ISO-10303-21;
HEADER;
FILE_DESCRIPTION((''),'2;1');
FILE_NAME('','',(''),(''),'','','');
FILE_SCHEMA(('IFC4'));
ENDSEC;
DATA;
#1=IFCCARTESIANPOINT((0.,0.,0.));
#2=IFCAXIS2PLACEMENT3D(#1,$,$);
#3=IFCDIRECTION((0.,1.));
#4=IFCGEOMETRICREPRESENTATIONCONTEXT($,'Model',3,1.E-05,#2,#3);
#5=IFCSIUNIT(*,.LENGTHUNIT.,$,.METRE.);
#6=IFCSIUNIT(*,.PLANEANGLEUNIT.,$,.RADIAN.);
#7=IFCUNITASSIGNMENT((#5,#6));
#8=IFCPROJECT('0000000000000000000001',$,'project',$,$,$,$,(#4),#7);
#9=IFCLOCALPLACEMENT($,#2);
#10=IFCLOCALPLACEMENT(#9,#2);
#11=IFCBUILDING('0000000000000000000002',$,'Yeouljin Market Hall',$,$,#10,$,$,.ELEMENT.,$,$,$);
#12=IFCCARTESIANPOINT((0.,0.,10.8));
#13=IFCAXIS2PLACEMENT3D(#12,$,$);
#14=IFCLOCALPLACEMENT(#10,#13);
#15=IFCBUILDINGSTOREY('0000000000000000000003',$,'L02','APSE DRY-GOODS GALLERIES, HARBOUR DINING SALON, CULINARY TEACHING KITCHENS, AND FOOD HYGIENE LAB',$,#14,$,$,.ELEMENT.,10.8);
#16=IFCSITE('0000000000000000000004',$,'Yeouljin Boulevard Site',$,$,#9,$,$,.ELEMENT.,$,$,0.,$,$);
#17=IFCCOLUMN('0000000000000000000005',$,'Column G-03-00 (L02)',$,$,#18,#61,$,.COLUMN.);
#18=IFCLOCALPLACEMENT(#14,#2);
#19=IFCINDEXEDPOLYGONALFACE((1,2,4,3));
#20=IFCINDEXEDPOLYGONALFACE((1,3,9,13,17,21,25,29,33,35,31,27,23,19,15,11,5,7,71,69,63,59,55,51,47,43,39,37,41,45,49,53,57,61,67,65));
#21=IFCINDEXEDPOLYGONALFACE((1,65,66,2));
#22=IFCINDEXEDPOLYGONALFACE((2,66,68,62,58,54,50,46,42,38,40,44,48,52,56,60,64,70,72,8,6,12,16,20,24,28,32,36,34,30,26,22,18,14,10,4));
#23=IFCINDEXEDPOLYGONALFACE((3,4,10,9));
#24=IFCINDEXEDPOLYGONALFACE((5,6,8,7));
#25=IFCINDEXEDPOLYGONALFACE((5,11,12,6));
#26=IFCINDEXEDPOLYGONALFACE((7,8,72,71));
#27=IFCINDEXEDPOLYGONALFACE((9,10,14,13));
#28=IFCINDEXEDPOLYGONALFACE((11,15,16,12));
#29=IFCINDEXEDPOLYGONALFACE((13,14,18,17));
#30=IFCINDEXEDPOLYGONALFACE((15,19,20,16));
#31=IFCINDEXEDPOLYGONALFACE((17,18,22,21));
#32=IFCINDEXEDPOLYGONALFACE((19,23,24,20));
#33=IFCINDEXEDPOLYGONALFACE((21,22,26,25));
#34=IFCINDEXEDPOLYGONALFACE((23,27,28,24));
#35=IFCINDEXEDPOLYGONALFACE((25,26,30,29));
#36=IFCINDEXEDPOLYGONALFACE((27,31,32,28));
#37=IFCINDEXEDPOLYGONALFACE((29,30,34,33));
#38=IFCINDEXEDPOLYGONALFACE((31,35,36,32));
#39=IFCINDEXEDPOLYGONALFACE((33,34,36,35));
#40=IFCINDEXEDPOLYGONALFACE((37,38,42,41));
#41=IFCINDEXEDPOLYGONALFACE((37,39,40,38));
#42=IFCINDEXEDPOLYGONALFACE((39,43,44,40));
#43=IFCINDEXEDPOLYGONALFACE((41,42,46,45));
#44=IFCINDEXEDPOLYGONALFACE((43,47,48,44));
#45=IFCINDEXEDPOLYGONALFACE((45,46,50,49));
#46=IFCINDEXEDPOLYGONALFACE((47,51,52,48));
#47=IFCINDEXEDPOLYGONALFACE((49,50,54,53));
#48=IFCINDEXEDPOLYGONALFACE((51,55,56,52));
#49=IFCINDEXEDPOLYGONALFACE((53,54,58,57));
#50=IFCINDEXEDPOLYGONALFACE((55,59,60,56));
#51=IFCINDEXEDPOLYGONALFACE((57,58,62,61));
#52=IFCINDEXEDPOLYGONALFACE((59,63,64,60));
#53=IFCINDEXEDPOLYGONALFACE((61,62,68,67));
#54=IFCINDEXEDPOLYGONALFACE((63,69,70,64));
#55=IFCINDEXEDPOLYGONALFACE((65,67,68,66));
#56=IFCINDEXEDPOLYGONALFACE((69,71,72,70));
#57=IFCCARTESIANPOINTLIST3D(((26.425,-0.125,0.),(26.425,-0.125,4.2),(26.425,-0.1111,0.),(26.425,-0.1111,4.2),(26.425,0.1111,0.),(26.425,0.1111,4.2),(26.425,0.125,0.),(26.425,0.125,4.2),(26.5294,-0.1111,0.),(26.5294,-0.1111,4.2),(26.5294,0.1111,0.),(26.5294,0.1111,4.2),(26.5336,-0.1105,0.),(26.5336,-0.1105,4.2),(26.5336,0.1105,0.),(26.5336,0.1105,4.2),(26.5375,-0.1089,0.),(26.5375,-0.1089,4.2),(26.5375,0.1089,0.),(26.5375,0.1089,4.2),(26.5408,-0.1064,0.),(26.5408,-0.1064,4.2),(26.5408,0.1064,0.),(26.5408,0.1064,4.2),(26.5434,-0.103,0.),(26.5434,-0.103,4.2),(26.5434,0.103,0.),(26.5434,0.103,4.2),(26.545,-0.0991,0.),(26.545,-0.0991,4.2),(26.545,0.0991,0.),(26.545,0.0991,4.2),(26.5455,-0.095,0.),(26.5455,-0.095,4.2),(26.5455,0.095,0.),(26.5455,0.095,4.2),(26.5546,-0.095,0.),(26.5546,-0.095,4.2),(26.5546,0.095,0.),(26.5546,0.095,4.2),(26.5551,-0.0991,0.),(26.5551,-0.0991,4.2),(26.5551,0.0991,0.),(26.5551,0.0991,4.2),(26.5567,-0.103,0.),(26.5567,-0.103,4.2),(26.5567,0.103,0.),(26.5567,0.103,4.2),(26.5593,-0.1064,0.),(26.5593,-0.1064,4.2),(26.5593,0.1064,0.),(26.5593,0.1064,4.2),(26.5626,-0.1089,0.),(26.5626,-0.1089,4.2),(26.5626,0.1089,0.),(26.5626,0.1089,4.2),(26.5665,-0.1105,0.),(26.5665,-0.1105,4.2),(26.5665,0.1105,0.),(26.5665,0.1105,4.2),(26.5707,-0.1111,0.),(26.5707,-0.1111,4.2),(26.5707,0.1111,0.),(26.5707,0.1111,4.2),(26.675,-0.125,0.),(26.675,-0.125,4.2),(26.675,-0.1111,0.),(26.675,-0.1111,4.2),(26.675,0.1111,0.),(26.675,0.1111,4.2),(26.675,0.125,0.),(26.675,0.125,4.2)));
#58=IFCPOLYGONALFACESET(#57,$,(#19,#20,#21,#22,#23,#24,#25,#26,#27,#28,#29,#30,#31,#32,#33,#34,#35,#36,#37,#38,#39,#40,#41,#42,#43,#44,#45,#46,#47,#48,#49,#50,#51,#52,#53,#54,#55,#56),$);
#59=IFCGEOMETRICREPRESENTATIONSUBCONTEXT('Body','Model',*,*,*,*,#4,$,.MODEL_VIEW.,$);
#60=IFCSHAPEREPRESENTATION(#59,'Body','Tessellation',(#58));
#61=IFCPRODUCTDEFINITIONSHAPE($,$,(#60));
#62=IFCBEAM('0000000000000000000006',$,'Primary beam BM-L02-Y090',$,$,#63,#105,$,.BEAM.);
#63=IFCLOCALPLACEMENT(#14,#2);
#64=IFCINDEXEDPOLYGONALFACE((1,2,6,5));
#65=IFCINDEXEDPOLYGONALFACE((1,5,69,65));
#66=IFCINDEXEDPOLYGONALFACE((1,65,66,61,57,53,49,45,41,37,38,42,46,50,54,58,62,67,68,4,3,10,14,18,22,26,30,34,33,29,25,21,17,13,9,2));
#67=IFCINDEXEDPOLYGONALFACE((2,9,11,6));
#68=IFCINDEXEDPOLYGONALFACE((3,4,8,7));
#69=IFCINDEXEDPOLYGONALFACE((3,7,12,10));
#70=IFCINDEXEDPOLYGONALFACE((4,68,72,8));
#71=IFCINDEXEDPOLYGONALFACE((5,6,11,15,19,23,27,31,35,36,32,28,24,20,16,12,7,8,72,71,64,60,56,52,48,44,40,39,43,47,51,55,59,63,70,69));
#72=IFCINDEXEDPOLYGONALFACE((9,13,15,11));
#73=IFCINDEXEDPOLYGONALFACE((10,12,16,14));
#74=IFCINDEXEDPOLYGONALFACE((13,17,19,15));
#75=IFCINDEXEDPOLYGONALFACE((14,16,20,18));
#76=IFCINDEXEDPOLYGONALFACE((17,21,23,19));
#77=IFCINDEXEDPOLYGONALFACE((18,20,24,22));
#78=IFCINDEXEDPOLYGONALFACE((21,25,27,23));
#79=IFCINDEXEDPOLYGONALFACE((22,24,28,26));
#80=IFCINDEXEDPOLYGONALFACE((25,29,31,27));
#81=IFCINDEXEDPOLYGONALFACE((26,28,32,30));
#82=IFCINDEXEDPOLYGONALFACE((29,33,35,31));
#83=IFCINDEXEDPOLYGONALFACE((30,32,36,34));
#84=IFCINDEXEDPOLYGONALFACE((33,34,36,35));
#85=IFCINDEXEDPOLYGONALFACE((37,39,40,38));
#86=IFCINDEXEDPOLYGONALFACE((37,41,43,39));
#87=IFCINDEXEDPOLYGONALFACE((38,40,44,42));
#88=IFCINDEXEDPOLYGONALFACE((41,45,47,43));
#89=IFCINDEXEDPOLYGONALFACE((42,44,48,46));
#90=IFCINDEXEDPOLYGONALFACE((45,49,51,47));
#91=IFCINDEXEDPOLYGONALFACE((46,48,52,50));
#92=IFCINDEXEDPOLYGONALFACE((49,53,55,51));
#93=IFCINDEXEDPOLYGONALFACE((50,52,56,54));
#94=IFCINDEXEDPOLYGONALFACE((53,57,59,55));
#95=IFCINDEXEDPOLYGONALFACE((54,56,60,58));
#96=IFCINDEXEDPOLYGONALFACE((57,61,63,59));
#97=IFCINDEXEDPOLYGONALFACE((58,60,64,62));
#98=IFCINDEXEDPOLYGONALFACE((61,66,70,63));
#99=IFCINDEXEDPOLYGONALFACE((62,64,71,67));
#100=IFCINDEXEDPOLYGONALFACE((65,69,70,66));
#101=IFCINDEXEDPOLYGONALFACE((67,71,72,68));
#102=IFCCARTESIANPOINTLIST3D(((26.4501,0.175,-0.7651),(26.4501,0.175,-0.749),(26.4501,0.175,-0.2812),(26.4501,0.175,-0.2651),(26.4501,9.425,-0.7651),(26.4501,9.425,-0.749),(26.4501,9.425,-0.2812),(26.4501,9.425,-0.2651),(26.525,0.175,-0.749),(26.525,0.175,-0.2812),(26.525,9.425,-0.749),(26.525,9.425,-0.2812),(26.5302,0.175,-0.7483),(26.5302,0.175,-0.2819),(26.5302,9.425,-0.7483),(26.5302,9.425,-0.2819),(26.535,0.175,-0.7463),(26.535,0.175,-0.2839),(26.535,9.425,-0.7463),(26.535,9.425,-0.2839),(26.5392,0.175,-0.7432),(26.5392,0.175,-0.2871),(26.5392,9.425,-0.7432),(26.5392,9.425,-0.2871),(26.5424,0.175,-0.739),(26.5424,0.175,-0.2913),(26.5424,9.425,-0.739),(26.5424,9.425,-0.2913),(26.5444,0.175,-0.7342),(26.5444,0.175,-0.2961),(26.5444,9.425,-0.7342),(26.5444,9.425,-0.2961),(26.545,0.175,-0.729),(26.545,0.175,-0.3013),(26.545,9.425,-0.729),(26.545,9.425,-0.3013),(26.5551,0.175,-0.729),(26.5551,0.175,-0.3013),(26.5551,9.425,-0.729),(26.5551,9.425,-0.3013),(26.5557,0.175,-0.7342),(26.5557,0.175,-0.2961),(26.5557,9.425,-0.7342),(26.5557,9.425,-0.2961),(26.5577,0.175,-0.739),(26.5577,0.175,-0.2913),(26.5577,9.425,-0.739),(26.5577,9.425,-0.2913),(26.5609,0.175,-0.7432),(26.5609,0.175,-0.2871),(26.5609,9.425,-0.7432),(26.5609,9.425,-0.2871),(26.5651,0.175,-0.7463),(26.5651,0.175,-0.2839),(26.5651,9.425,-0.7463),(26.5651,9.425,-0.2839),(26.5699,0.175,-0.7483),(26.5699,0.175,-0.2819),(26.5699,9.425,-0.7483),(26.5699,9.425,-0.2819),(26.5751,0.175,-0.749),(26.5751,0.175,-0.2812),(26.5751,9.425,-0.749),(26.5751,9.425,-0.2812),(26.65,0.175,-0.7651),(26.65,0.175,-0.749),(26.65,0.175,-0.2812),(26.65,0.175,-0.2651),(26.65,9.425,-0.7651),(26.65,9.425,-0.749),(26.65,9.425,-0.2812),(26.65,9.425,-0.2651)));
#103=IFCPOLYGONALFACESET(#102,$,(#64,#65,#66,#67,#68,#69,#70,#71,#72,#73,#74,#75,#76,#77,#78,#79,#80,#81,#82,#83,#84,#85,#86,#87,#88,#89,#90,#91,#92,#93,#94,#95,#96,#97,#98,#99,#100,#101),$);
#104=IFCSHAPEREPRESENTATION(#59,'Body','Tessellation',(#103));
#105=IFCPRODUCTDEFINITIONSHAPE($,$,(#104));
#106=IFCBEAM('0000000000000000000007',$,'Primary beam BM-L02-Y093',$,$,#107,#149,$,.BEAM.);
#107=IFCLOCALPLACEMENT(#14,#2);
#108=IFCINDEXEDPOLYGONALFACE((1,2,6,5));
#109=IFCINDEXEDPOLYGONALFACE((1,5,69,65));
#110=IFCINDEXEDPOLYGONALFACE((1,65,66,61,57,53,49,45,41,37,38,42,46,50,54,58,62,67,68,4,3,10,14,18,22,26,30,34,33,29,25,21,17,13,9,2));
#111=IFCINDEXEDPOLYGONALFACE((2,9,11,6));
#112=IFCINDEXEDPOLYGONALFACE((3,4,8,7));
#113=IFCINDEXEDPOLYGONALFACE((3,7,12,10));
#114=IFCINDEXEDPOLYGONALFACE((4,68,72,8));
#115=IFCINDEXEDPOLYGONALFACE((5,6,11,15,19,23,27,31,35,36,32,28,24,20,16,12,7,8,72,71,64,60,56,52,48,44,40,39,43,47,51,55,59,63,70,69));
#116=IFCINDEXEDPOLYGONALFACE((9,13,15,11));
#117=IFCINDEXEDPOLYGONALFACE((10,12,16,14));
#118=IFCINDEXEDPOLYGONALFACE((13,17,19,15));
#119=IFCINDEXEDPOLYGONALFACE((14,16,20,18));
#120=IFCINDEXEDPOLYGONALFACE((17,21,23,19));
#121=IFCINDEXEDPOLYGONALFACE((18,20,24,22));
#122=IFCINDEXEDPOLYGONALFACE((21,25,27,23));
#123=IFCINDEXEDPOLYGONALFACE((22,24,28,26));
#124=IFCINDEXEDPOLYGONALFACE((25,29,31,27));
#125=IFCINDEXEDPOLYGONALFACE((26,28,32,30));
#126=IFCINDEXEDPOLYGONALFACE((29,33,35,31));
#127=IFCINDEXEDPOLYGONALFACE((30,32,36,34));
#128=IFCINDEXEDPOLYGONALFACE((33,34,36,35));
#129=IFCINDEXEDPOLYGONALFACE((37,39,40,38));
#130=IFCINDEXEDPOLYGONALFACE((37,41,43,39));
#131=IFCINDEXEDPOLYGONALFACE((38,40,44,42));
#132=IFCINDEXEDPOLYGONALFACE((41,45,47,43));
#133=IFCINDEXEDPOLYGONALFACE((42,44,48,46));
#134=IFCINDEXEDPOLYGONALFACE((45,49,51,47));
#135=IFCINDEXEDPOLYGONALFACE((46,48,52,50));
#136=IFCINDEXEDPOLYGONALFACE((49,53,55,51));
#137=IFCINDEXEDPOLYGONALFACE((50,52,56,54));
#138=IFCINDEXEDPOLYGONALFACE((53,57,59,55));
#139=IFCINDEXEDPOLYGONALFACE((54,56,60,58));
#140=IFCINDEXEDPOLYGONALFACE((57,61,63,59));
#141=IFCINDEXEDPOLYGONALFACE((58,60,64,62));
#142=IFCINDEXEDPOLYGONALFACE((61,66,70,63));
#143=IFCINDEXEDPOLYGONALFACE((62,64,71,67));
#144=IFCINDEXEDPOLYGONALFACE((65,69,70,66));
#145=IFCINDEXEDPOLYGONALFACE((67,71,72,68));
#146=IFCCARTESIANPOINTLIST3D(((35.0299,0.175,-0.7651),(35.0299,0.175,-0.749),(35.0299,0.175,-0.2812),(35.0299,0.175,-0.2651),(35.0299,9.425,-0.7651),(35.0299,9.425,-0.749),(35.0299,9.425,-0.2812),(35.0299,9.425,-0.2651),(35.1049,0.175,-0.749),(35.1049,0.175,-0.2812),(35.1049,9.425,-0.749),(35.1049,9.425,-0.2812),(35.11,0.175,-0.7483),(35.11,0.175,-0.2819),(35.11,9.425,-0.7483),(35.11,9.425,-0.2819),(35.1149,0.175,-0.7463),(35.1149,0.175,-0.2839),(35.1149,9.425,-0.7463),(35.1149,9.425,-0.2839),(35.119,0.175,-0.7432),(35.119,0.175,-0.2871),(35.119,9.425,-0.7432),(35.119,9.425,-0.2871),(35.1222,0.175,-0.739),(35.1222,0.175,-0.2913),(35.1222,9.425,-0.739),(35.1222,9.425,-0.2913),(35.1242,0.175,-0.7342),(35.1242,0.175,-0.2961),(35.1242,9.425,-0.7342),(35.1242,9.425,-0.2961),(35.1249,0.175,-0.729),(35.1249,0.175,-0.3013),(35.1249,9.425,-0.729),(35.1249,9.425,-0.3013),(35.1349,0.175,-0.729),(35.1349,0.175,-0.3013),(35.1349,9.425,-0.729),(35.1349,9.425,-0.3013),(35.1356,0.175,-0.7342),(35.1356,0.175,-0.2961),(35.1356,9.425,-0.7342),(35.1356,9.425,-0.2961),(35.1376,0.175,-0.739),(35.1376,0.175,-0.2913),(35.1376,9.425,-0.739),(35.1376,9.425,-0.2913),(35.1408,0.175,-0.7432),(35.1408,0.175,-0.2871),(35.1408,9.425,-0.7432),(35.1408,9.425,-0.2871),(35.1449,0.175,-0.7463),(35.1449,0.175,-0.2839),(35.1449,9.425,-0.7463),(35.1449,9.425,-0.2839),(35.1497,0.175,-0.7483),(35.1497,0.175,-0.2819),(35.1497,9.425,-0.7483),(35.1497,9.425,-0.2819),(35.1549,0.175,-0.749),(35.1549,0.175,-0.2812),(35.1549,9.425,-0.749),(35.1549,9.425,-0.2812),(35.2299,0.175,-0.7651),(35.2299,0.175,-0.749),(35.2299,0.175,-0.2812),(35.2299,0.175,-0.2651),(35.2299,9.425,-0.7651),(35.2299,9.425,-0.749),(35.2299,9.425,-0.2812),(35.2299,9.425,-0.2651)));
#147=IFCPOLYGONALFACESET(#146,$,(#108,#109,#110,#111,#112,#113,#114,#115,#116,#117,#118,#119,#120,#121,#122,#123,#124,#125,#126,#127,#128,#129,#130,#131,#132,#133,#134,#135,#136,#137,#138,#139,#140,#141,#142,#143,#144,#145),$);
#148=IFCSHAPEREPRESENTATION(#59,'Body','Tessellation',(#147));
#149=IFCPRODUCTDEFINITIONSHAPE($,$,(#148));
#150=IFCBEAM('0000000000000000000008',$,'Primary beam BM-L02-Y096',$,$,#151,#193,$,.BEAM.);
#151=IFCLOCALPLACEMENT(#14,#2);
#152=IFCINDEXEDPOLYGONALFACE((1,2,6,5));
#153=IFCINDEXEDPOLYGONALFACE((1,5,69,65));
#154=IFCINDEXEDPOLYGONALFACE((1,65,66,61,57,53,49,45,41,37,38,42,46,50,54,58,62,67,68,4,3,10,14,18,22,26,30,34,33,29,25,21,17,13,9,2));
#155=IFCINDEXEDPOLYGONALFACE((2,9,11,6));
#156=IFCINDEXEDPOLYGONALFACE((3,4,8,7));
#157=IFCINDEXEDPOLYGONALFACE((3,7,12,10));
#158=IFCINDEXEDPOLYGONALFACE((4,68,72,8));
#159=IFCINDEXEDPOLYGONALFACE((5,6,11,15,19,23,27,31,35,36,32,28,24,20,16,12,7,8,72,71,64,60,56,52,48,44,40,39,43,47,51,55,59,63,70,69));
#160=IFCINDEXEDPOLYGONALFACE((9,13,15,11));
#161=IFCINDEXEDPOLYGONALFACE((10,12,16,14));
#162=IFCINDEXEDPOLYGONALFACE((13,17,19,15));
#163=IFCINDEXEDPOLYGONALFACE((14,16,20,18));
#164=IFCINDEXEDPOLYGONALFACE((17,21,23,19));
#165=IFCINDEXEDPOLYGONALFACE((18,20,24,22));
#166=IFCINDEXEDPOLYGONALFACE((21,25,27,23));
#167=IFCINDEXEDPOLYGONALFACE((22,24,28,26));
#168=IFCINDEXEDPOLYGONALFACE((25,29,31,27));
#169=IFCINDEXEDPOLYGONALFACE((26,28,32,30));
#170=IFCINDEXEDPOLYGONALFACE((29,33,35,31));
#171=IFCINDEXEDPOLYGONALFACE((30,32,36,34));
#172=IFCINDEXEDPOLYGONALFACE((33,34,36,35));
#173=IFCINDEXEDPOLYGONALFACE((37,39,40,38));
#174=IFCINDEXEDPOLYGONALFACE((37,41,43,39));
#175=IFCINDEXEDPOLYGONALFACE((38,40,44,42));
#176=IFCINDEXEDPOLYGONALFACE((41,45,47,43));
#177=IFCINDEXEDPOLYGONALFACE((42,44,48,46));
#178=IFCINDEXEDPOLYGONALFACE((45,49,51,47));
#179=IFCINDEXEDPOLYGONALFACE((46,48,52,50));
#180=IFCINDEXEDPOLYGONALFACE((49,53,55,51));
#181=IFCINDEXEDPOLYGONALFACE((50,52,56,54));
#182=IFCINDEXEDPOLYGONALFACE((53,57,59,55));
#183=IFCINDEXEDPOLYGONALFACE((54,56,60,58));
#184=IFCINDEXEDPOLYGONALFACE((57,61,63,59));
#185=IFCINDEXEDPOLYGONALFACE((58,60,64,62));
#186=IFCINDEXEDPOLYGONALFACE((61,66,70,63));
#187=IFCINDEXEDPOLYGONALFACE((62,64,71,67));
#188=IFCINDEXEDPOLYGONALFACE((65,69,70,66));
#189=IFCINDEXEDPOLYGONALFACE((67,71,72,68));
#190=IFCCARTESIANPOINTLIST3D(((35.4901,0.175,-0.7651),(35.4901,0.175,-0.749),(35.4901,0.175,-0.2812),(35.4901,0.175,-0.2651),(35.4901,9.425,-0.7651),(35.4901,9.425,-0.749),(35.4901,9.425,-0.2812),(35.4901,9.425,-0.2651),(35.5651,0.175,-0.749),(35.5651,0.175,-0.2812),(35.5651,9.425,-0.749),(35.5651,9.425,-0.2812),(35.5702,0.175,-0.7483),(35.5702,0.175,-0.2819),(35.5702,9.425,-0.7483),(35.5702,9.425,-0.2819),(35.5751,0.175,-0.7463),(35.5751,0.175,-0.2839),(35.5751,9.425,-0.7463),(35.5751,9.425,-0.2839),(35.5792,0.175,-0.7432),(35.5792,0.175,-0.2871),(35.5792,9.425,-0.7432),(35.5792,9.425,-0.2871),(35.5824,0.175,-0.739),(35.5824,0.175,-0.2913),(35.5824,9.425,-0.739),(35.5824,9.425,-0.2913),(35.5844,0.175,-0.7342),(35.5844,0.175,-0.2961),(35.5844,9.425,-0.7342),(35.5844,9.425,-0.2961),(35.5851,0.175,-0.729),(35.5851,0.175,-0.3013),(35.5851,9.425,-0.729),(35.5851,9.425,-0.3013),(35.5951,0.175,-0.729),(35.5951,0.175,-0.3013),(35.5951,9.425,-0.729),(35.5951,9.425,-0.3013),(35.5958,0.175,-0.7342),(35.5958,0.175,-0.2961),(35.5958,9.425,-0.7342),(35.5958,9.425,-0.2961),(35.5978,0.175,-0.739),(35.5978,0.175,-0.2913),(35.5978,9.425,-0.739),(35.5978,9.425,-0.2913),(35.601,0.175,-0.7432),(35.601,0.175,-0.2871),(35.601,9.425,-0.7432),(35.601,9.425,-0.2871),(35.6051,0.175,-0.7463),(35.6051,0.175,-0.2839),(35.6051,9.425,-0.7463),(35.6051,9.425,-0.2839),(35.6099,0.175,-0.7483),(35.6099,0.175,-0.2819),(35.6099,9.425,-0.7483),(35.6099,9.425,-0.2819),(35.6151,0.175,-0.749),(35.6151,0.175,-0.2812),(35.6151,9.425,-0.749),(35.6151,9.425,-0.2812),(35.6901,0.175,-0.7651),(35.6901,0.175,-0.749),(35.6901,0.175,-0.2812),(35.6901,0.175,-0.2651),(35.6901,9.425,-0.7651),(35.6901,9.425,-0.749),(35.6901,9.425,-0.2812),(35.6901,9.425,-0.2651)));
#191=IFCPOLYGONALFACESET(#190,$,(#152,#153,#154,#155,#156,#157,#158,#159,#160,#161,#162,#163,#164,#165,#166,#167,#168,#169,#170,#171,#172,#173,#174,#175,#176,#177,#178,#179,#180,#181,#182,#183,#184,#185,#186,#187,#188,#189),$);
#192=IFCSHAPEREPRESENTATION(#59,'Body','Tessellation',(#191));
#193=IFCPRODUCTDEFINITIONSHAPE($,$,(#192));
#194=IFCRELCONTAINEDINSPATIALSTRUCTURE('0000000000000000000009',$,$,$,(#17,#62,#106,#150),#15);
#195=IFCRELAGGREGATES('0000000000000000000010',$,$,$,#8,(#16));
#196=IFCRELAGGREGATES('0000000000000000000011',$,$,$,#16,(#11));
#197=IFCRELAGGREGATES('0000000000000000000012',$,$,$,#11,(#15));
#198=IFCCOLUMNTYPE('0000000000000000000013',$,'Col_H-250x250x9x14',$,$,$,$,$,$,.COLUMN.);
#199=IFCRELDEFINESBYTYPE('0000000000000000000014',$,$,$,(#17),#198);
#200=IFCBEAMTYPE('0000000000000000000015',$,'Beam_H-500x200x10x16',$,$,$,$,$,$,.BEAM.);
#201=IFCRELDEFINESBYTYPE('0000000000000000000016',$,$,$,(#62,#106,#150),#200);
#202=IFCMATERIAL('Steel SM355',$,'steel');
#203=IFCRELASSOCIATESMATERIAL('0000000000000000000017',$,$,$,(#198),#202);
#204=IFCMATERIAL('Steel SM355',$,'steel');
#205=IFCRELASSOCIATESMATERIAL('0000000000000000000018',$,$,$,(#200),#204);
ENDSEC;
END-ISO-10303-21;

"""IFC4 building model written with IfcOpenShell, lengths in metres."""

from ifc_helpers import new_model, si_unit, direction, frame, origin, origin_2d, place, context, subcontext, project, spatial, i_section, extrude, material, material_profile, profile_set, type_object, element, save


model = new_model("IFC4")

# Units and contexts
model_context = context("Model", 3, precision=1e-05, world=origin(), true_north=direction((0.0, 1.0)))
body_context = subcontext(model_context, "Body", "Model", "MODEL_VIEW")
ifc_project = project(units=[si_unit("LENGTHUNIT", "METRE"), si_unit("PLANEANGLEUNIT", "RADIAN")], contexts=[model_context])

# Site, building, storey
site_placement = place(None, origin())
site = spatial("IfcSite", under=ifc_project, at=site_placement, Name="Yeouljin Boulevard Site", CompositionType="ELEMENT", RefElevation=0.0)
building_placement = place(site_placement, origin())
building = spatial("IfcBuilding", under=site, at=building_placement, Name="Yeouljin Market Hall", CompositionType="ELEMENT")
storey_placement = place(building_placement, frame((0.0, 0.0, 10.8)))
storey = spatial("IfcBuildingStorey", under=building, at=storey_placement, Name="L02", Description="APSE DRY-GOODS GALLERIES, HARBOUR DINING SALON, CULINARY TEACHING KITCHENS, AND FOOD HYGIENE LAB", CompositionType="ELEMENT", Elevation=10.8)

# Column
ifc_material_1 = material(Name="Steel SM355", Category="steel")
ifc_material_profile_1 = material_profile(ifc_material_1, i_section(OverallWidth=0.25, OverallDepth=0.25, WebThickness=0.009, FlangeThickness=0.0139, FilletRadius=0.0161, at=origin_2d()), Name="H-250x250x9x14")
ifc_profile_set_1 = profile_set([ifc_material_profile_1], Name="Steel SM355")
column_type = type_object("IfcColumnType", Name="Col_H-250x250x9x14", PredefinedType="COLUMN", material=ifc_profile_set_1)
column_placement = place(storey_placement, frame((26.55, 0.0, 0.0), z_axis=(0.0, 0.0, 1.0), x_axis=(1.0, 0.0, 0.0)))
element("IfcColumn", 1, at=column_placement, inside=storey, type_object=column_type, Name="Column G-03-00 (L02)", PredefinedType="COLUMN", context=body_context, shape_type="SweptSolid", body=[
    extrude(i_section(OverallWidth=0.25, OverallDepth=0.25, WebThickness=0.009, FlangeThickness=0.0139, FilletRadius=0.0161, at=origin_2d()), origin(), (0.0, 0.0, 1.0), 4.2),
])

# Beams
ifc_material_2 = material(Name="Steel SM355", Category="steel")
ifc_material_profile_2 = material_profile(ifc_material_2, i_section(OverallWidth=0.2, OverallDepth=0.5, WebThickness=0.01, FlangeThickness=0.0161, FilletRadius=0.02, at=origin_2d()), Name="H-500x200x10x16")
ifc_profile_set_2 = profile_set([ifc_material_profile_2], Name="Steel SM355")
beam_type_1 = type_object("IfcBeamType", Name="Beam_H-500x200x10x16", PredefinedType="BEAM", material=ifc_profile_set_2)
for number, where, z_axis, x_axis, name in (
    (2, (26.55, 0.175, -0.5151), (0.0, 1.0, 0.0), (-1.0, 0.0, 0.0), "Primary beam BM-L02-Y090"),
    (3, (35.1299, 0.175, -0.5151), (0.0, 1.0, 0.0), (-1.0, 0.0, 0.0), "Primary beam BM-L02-Y093"),
    (4, (35.5901, 0.175, -0.5151), (0.0, 1.0, 0.0), (-1.0, 0.0, 0.0), "Primary beam BM-L02-Y096"),
):
    element("IfcBeam", number, at=place(storey_placement, frame(where, z_axis=z_axis, x_axis=x_axis)), inside=storey, type_object=beam_type_1, Name=name, PredefinedType="BEAM", context=body_context, shape_type="SweptSolid", body=[
        extrude(i_section(OverallWidth=0.2, OverallDepth=0.5, WebThickness=0.01, FlangeThickness=0.0161, FilletRadius=0.02, at=origin_2d()), origin(), (0.0, 0.0, 1.0), 9.25),
    ])

save(model, "model.ifc")
